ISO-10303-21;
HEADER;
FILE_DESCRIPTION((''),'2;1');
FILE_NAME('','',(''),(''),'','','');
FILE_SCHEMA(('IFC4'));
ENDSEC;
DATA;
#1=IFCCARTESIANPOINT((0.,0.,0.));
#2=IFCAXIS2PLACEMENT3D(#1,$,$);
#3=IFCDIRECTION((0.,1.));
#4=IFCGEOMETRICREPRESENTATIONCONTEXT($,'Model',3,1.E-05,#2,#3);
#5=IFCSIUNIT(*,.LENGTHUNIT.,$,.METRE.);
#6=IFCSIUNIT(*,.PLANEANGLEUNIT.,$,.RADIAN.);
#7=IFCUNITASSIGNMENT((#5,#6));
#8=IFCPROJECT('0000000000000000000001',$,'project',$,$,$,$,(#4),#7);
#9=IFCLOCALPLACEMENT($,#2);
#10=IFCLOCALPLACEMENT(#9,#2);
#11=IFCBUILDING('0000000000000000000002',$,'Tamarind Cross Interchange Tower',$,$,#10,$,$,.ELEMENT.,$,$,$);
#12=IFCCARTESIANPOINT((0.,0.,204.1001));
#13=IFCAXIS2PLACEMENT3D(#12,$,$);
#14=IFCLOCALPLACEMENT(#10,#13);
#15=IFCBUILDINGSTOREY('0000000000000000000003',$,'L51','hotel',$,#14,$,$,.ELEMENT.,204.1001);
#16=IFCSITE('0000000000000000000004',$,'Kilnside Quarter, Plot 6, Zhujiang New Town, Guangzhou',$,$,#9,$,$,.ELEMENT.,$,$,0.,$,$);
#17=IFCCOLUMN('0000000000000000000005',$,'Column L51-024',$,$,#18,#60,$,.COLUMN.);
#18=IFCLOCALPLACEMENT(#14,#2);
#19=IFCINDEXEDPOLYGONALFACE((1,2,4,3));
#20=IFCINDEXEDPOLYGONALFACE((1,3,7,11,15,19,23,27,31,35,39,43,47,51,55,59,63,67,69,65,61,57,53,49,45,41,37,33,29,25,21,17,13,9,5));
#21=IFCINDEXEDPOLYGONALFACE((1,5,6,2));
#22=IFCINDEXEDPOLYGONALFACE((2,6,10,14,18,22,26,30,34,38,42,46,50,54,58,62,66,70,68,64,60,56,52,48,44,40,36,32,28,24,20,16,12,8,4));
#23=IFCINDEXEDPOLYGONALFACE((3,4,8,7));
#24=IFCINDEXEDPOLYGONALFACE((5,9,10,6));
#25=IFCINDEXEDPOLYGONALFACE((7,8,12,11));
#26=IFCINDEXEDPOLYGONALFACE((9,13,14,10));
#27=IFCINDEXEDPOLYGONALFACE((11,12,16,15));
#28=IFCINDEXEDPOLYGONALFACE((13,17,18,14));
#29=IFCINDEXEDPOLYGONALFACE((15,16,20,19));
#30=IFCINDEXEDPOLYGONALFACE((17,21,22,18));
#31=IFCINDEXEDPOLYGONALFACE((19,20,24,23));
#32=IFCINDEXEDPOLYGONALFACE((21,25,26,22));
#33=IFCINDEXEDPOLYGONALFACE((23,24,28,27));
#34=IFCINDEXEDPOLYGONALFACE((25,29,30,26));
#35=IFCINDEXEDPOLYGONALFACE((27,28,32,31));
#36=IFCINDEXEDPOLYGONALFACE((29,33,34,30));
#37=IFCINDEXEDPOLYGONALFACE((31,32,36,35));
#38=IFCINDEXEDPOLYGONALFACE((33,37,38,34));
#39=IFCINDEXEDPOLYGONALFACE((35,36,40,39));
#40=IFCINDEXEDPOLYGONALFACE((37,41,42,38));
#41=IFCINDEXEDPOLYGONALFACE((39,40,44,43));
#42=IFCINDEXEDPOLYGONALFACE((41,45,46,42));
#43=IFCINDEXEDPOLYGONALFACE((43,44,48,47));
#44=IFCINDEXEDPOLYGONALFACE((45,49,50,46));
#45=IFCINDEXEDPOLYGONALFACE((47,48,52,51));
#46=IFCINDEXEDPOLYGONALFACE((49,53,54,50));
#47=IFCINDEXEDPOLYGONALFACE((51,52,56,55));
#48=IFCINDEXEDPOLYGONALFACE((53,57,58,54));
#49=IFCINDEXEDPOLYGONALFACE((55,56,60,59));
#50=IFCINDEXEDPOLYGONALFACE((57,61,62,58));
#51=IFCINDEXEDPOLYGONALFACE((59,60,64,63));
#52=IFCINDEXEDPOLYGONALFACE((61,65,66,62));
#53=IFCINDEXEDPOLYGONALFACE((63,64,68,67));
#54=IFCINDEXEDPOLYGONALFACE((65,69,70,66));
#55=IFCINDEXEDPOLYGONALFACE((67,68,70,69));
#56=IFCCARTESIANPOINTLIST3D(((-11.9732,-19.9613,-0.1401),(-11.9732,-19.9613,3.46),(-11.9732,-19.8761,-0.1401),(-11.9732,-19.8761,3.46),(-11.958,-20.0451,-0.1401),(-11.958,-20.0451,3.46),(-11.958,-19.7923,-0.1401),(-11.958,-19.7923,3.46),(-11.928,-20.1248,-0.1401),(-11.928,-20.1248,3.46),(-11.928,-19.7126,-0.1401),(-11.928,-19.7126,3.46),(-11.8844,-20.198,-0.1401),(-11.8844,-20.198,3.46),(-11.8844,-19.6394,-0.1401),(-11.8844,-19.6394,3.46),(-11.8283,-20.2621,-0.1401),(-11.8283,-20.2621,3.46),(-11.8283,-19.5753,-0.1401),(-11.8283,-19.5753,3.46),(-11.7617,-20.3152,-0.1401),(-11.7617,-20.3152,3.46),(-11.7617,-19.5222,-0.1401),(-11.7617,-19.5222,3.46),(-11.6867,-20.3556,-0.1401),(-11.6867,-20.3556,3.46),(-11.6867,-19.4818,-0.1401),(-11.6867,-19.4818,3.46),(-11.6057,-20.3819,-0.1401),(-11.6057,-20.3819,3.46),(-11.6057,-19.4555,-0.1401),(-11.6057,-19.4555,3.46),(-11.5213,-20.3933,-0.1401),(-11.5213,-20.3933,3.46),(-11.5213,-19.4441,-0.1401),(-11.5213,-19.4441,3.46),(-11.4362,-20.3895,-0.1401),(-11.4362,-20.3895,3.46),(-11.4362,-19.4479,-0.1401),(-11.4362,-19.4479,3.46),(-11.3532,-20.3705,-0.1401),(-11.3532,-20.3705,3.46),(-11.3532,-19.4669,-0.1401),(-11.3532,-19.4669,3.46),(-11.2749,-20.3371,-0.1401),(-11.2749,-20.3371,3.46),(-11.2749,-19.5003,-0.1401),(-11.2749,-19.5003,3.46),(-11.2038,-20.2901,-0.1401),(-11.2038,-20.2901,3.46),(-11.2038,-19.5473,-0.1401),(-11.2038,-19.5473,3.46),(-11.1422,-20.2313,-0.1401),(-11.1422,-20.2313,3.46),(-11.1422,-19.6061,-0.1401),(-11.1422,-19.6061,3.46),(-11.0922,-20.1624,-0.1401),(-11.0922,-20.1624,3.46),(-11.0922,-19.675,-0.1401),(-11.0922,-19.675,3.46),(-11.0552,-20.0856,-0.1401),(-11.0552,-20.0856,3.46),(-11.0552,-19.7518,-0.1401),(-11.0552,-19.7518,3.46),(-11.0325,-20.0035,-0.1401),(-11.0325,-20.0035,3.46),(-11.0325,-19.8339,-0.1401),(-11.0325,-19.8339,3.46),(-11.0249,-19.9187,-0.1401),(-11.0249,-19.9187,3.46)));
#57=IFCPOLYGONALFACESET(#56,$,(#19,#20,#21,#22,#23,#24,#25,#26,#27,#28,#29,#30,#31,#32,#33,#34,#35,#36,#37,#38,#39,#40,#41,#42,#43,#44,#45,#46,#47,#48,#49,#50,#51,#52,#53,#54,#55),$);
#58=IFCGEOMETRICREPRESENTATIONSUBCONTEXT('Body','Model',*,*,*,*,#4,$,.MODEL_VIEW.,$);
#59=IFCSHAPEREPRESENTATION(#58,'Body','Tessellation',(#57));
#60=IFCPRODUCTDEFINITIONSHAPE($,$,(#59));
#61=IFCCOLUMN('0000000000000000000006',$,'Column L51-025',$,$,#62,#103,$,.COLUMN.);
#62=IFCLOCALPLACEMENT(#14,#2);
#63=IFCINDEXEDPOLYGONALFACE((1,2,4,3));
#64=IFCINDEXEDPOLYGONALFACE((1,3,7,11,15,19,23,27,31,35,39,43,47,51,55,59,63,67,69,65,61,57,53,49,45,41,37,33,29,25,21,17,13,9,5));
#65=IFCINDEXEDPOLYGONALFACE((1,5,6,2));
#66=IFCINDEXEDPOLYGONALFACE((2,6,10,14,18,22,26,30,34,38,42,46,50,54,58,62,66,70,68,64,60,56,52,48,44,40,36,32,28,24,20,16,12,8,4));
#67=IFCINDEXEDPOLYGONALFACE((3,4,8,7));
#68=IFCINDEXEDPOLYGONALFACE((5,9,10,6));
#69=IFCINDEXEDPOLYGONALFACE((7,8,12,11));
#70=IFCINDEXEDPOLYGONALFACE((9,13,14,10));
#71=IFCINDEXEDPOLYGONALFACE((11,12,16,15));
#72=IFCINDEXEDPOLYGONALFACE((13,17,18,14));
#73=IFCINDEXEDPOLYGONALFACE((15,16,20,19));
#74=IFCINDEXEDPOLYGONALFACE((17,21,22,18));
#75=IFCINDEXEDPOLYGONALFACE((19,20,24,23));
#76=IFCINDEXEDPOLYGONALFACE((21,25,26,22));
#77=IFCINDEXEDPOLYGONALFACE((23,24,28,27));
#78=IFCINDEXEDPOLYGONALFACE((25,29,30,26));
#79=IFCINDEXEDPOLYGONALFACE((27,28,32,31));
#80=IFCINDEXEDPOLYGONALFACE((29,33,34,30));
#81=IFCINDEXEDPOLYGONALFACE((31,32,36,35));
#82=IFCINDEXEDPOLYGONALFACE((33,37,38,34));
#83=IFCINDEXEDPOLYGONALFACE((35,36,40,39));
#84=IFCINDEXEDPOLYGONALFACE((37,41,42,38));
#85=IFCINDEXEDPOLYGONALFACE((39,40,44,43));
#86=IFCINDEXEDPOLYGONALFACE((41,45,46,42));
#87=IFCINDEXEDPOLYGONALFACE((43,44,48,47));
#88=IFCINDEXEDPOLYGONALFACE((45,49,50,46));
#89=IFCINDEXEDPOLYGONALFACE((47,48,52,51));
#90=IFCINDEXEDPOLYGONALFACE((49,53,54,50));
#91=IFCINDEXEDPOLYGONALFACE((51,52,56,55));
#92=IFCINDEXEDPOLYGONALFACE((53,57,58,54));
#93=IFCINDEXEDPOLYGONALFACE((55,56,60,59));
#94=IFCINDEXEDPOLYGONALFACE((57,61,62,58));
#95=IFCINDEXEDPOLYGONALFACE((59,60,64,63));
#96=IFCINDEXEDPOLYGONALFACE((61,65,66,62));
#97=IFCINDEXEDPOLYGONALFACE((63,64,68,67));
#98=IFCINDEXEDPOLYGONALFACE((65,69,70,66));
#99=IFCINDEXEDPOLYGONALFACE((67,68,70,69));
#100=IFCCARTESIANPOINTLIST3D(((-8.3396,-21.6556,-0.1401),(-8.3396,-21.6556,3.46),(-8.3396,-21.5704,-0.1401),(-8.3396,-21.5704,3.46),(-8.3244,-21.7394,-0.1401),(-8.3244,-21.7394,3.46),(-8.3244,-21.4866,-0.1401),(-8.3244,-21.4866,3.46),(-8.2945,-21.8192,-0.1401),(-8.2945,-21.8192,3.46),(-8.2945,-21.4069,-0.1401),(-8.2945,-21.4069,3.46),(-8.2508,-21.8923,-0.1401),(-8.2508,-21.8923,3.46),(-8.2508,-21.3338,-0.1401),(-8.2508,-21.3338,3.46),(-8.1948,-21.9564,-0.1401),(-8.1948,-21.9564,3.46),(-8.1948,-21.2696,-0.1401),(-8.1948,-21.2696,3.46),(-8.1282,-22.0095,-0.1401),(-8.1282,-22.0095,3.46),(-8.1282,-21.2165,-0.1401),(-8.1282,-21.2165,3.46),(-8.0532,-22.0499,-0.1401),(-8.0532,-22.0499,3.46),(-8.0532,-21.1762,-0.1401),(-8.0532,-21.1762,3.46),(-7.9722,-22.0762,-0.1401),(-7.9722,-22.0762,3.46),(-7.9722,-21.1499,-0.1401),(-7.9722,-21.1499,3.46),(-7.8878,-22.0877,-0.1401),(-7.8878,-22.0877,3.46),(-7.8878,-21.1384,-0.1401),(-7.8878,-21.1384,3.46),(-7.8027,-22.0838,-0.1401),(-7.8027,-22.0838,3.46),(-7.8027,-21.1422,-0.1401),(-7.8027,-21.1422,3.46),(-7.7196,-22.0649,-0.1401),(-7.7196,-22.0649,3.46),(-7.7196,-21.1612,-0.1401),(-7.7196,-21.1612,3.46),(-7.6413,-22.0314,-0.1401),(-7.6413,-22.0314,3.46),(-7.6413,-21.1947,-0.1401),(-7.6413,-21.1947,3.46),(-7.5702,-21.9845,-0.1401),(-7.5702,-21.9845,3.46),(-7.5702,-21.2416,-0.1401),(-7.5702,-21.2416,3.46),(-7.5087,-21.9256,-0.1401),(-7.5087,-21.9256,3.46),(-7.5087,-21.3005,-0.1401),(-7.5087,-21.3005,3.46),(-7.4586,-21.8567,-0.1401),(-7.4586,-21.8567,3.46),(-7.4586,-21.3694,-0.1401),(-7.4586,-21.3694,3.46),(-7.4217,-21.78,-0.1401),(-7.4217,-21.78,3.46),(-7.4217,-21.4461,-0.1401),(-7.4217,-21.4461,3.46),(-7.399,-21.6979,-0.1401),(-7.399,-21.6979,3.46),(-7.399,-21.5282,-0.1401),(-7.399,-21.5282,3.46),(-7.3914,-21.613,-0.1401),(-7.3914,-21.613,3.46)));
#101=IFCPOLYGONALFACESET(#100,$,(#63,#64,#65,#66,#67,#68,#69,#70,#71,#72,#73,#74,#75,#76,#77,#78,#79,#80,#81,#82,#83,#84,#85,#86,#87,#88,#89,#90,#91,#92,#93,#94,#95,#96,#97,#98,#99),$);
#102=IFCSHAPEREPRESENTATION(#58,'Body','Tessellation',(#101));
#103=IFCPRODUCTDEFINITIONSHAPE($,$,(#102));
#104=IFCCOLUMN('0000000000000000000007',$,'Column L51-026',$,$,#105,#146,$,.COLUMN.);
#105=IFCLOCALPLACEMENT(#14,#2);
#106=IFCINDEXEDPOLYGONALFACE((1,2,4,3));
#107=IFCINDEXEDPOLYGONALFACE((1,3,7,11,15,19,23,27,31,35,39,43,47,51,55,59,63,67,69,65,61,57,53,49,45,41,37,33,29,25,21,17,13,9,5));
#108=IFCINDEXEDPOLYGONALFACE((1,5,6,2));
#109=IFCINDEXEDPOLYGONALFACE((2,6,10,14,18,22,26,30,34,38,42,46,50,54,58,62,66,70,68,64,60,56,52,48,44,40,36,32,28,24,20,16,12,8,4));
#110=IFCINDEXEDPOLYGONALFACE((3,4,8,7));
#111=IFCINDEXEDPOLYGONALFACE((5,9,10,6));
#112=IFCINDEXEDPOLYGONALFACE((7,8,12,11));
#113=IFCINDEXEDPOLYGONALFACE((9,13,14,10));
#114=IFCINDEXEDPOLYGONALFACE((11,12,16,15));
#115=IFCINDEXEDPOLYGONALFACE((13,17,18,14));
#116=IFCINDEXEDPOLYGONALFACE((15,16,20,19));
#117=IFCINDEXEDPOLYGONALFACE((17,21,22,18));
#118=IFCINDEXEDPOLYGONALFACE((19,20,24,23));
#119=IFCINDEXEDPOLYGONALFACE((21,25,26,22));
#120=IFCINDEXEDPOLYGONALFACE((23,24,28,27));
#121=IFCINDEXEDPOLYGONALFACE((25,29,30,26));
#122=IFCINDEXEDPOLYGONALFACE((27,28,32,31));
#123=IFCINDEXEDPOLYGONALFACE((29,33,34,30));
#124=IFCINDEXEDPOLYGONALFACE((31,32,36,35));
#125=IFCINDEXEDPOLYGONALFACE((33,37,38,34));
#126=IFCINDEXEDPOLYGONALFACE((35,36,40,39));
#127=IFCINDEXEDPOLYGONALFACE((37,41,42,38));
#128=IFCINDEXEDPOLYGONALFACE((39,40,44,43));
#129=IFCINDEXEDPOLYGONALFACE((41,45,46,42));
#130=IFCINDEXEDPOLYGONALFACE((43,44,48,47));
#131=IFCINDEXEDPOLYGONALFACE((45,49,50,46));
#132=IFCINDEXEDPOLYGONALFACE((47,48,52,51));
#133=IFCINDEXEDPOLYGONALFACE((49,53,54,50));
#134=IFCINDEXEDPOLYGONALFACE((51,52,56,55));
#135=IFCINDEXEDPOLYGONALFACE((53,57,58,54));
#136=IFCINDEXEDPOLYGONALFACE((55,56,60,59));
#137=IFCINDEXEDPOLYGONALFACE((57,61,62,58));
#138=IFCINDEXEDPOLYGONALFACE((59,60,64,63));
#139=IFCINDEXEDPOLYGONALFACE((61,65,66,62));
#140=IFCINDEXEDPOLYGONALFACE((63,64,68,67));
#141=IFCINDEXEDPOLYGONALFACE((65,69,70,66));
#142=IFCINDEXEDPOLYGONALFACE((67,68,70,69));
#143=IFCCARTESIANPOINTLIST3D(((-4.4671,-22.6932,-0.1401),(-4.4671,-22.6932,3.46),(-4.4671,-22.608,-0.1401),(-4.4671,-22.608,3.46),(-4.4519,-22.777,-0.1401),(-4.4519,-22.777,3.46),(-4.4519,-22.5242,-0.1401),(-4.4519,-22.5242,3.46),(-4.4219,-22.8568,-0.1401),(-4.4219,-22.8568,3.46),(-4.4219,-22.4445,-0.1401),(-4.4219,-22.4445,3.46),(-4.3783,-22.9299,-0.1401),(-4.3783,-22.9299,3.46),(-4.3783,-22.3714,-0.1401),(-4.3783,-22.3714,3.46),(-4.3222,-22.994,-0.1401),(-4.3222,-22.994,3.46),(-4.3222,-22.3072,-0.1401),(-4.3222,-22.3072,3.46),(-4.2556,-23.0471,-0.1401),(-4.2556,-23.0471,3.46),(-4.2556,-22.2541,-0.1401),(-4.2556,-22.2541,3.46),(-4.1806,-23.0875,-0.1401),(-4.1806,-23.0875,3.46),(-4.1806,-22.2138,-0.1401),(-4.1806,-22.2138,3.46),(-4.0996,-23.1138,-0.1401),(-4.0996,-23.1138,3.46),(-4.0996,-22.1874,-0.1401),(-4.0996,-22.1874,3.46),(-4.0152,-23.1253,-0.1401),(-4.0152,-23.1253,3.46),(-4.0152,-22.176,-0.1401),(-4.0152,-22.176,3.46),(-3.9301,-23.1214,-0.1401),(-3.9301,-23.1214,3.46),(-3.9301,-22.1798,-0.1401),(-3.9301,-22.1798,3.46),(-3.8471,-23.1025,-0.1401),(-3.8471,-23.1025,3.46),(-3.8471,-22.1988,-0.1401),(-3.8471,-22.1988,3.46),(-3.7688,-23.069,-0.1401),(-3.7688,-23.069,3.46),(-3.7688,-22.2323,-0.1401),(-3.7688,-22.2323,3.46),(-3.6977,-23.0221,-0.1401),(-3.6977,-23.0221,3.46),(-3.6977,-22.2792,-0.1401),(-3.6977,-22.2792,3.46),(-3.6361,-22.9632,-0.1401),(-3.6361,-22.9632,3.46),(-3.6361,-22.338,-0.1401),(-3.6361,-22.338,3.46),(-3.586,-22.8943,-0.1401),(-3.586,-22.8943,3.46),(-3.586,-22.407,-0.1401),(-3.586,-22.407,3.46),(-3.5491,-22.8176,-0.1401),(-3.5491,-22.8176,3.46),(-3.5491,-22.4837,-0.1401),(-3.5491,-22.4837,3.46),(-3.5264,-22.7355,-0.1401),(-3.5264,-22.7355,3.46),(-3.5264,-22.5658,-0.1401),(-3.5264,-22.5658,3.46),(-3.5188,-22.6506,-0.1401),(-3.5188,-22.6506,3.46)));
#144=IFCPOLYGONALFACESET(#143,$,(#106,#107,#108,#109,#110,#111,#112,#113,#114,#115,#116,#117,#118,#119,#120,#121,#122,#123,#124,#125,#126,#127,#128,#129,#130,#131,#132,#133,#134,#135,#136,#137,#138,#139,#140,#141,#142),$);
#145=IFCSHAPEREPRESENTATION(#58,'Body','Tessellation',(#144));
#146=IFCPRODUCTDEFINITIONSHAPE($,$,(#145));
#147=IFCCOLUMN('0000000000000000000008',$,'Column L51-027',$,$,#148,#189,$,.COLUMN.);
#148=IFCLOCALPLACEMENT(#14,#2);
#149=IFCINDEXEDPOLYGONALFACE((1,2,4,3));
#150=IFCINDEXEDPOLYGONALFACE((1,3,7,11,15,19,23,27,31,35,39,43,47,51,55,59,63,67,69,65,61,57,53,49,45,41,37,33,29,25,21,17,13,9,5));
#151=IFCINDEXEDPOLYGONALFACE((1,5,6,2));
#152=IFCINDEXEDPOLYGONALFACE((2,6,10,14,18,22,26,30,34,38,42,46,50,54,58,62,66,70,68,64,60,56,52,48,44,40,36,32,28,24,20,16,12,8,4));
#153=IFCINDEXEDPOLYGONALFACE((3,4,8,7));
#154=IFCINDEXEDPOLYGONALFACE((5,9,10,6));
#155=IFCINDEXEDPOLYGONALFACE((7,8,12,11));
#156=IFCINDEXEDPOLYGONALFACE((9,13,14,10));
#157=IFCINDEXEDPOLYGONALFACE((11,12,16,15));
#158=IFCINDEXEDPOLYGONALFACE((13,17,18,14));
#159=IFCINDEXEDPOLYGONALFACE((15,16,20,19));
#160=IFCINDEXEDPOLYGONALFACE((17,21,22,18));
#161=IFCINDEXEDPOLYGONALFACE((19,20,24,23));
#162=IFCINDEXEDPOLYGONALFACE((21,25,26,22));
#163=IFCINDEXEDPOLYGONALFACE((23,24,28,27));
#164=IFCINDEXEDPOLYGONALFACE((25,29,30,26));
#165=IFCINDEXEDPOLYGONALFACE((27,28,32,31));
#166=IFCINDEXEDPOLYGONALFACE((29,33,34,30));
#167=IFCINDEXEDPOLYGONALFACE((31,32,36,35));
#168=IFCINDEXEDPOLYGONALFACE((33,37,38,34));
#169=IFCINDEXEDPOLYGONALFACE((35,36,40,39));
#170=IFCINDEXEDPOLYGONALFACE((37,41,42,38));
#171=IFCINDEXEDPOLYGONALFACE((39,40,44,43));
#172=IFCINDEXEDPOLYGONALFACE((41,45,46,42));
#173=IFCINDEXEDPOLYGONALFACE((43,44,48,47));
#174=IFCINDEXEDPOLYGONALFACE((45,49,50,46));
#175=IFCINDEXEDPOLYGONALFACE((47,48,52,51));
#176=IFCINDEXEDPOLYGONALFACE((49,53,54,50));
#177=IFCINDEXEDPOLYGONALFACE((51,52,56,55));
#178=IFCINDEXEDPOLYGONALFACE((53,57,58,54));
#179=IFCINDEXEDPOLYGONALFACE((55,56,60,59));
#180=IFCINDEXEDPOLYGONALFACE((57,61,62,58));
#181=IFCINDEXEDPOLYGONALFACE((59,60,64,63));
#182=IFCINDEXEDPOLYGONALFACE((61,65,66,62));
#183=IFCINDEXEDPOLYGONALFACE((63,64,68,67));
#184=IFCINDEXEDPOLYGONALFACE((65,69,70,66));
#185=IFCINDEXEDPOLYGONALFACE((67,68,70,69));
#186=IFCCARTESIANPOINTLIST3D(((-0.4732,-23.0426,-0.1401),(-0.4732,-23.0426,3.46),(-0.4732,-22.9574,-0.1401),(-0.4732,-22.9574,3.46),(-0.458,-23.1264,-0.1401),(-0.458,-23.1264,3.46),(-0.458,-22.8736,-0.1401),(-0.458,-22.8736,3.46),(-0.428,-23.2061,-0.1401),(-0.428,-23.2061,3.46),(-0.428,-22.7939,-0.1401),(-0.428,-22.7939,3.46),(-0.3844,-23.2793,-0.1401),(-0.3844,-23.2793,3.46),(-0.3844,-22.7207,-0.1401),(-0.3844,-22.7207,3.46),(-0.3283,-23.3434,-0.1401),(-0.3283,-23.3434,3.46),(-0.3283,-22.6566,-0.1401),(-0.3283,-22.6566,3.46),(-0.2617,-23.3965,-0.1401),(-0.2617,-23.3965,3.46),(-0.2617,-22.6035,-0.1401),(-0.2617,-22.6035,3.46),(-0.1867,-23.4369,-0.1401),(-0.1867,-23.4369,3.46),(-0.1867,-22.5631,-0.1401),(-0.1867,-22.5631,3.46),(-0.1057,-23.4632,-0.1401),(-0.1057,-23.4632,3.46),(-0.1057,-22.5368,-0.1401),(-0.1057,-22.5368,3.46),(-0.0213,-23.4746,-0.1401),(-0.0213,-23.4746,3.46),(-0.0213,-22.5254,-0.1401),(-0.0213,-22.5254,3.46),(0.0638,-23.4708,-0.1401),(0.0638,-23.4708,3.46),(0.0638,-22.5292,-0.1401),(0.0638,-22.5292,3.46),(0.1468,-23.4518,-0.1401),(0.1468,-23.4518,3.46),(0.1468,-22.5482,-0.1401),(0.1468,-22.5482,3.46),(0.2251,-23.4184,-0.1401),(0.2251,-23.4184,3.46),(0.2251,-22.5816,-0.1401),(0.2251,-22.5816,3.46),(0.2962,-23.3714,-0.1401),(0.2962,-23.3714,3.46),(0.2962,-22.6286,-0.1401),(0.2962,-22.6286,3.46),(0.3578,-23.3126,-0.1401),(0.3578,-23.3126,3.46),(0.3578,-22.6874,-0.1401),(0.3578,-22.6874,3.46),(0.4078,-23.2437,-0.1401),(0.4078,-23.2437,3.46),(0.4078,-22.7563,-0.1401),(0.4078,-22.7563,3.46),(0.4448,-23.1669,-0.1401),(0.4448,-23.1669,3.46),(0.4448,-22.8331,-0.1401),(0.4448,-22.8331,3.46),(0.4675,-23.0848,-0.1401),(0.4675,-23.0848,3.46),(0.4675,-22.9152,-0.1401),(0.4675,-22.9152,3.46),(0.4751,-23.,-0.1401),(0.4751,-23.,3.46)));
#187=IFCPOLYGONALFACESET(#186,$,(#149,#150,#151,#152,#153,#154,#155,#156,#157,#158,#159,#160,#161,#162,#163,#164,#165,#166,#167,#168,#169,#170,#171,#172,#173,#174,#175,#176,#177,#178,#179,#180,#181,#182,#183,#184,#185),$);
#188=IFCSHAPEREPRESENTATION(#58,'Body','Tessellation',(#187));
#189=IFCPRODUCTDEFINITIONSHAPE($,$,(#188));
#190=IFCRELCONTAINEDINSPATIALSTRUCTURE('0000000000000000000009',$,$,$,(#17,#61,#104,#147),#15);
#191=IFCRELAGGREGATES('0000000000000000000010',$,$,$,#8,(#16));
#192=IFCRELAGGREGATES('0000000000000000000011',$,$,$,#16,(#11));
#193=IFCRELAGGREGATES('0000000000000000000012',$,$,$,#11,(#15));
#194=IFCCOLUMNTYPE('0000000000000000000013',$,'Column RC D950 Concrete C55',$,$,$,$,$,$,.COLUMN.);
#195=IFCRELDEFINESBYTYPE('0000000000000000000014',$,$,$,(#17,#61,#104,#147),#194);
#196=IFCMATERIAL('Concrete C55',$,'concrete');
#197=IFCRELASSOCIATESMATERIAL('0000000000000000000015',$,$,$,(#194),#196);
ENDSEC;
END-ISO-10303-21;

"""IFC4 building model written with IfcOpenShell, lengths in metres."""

from ifc_helpers import new_model, si_unit, direction, frame, origin, origin_2d, place, context, subcontext, project, spatial, circle, extrude, material, material_profile, profile_set, type_object, element, save


model = new_model("IFC4")

# Units and contexts
model_context = context("Model", 3, precision=1e-05, world=origin(), true_north=direction((0.0, 1.0)))
body_context = subcontext(model_context, "Body", "Model", "MODEL_VIEW")
ifc_project = project(units=[si_unit("LENGTHUNIT", "METRE"), si_unit("PLANEANGLEUNIT", "RADIAN")], contexts=[model_context])

# Site, building, storey
site_placement = place(None, origin())
site = spatial("IfcSite", under=ifc_project, at=site_placement, Name="Kilnside Quarter, Plot 6, Zhujiang New Town, Guangzhou", CompositionType="ELEMENT", RefElevation=0.0)
building_placement = place(site_placement, origin())
building = spatial("IfcBuilding", under=site, at=building_placement, Name="Tamarind Cross Interchange Tower", CompositionType="ELEMENT")
storey_placement = place(building_placement, frame((0.0, 0.0, 204.1001)))
storey = spatial("IfcBuildingStorey", under=building, at=storey_placement, Name="L51", Description="hotel", CompositionType="ELEMENT", Elevation=204.1001)

# Columns
ifc_material_1 = material(Name="Concrete C55", Category="concrete")
ifc_material_profile_1 = material_profile(ifc_material_1, circle(Radius=0.4751, at=origin_2d()), Name="RC D950")
ifc_profile_set_1 = profile_set([ifc_material_profile_1], Name="Concrete C55")
column_type = type_object("IfcColumnType", Name="Column RC D950 Concrete C55", PredefinedType="COLUMN", material=ifc_profile_set_1)
for number, where, z_axis, x_axis, name in (
    (1, (-11.5, -19.9187, -0.1401), (0.0, 0.0, 1.0), (1.0, 0.0, 0.0), "Column L51-024"),
    (2, (-7.8665, -21.613, -0.1401), (0.0, 0.0, 1.0), (1.0, 0.0, 0.0), "Column L51-025"),
    (3, (-3.9939, -22.6506, -0.1401), (0.0, 0.0, 1.0), (1.0, 0.0, 0.0), "Column L51-026"),
    (4, (0.0, -23.0, -0.1401), (0.0, 0.0, 1.0), (1.0, 0.0, 0.0), "Column L51-027"),
):
    element("IfcColumn", number, at=place(storey_placement, frame(where, z_axis=z_axis, x_axis=x_axis)), inside=storey, type_object=column_type, Name=name, PredefinedType="COLUMN", context=body_context, shape_type="SweptSolid", body=[
        extrude(circle(Radius=0.4751, at=origin_2d()), origin(), (0.0, 0.0, 1.0), 3.6001),
    ])

save(model, "model.ifc")
